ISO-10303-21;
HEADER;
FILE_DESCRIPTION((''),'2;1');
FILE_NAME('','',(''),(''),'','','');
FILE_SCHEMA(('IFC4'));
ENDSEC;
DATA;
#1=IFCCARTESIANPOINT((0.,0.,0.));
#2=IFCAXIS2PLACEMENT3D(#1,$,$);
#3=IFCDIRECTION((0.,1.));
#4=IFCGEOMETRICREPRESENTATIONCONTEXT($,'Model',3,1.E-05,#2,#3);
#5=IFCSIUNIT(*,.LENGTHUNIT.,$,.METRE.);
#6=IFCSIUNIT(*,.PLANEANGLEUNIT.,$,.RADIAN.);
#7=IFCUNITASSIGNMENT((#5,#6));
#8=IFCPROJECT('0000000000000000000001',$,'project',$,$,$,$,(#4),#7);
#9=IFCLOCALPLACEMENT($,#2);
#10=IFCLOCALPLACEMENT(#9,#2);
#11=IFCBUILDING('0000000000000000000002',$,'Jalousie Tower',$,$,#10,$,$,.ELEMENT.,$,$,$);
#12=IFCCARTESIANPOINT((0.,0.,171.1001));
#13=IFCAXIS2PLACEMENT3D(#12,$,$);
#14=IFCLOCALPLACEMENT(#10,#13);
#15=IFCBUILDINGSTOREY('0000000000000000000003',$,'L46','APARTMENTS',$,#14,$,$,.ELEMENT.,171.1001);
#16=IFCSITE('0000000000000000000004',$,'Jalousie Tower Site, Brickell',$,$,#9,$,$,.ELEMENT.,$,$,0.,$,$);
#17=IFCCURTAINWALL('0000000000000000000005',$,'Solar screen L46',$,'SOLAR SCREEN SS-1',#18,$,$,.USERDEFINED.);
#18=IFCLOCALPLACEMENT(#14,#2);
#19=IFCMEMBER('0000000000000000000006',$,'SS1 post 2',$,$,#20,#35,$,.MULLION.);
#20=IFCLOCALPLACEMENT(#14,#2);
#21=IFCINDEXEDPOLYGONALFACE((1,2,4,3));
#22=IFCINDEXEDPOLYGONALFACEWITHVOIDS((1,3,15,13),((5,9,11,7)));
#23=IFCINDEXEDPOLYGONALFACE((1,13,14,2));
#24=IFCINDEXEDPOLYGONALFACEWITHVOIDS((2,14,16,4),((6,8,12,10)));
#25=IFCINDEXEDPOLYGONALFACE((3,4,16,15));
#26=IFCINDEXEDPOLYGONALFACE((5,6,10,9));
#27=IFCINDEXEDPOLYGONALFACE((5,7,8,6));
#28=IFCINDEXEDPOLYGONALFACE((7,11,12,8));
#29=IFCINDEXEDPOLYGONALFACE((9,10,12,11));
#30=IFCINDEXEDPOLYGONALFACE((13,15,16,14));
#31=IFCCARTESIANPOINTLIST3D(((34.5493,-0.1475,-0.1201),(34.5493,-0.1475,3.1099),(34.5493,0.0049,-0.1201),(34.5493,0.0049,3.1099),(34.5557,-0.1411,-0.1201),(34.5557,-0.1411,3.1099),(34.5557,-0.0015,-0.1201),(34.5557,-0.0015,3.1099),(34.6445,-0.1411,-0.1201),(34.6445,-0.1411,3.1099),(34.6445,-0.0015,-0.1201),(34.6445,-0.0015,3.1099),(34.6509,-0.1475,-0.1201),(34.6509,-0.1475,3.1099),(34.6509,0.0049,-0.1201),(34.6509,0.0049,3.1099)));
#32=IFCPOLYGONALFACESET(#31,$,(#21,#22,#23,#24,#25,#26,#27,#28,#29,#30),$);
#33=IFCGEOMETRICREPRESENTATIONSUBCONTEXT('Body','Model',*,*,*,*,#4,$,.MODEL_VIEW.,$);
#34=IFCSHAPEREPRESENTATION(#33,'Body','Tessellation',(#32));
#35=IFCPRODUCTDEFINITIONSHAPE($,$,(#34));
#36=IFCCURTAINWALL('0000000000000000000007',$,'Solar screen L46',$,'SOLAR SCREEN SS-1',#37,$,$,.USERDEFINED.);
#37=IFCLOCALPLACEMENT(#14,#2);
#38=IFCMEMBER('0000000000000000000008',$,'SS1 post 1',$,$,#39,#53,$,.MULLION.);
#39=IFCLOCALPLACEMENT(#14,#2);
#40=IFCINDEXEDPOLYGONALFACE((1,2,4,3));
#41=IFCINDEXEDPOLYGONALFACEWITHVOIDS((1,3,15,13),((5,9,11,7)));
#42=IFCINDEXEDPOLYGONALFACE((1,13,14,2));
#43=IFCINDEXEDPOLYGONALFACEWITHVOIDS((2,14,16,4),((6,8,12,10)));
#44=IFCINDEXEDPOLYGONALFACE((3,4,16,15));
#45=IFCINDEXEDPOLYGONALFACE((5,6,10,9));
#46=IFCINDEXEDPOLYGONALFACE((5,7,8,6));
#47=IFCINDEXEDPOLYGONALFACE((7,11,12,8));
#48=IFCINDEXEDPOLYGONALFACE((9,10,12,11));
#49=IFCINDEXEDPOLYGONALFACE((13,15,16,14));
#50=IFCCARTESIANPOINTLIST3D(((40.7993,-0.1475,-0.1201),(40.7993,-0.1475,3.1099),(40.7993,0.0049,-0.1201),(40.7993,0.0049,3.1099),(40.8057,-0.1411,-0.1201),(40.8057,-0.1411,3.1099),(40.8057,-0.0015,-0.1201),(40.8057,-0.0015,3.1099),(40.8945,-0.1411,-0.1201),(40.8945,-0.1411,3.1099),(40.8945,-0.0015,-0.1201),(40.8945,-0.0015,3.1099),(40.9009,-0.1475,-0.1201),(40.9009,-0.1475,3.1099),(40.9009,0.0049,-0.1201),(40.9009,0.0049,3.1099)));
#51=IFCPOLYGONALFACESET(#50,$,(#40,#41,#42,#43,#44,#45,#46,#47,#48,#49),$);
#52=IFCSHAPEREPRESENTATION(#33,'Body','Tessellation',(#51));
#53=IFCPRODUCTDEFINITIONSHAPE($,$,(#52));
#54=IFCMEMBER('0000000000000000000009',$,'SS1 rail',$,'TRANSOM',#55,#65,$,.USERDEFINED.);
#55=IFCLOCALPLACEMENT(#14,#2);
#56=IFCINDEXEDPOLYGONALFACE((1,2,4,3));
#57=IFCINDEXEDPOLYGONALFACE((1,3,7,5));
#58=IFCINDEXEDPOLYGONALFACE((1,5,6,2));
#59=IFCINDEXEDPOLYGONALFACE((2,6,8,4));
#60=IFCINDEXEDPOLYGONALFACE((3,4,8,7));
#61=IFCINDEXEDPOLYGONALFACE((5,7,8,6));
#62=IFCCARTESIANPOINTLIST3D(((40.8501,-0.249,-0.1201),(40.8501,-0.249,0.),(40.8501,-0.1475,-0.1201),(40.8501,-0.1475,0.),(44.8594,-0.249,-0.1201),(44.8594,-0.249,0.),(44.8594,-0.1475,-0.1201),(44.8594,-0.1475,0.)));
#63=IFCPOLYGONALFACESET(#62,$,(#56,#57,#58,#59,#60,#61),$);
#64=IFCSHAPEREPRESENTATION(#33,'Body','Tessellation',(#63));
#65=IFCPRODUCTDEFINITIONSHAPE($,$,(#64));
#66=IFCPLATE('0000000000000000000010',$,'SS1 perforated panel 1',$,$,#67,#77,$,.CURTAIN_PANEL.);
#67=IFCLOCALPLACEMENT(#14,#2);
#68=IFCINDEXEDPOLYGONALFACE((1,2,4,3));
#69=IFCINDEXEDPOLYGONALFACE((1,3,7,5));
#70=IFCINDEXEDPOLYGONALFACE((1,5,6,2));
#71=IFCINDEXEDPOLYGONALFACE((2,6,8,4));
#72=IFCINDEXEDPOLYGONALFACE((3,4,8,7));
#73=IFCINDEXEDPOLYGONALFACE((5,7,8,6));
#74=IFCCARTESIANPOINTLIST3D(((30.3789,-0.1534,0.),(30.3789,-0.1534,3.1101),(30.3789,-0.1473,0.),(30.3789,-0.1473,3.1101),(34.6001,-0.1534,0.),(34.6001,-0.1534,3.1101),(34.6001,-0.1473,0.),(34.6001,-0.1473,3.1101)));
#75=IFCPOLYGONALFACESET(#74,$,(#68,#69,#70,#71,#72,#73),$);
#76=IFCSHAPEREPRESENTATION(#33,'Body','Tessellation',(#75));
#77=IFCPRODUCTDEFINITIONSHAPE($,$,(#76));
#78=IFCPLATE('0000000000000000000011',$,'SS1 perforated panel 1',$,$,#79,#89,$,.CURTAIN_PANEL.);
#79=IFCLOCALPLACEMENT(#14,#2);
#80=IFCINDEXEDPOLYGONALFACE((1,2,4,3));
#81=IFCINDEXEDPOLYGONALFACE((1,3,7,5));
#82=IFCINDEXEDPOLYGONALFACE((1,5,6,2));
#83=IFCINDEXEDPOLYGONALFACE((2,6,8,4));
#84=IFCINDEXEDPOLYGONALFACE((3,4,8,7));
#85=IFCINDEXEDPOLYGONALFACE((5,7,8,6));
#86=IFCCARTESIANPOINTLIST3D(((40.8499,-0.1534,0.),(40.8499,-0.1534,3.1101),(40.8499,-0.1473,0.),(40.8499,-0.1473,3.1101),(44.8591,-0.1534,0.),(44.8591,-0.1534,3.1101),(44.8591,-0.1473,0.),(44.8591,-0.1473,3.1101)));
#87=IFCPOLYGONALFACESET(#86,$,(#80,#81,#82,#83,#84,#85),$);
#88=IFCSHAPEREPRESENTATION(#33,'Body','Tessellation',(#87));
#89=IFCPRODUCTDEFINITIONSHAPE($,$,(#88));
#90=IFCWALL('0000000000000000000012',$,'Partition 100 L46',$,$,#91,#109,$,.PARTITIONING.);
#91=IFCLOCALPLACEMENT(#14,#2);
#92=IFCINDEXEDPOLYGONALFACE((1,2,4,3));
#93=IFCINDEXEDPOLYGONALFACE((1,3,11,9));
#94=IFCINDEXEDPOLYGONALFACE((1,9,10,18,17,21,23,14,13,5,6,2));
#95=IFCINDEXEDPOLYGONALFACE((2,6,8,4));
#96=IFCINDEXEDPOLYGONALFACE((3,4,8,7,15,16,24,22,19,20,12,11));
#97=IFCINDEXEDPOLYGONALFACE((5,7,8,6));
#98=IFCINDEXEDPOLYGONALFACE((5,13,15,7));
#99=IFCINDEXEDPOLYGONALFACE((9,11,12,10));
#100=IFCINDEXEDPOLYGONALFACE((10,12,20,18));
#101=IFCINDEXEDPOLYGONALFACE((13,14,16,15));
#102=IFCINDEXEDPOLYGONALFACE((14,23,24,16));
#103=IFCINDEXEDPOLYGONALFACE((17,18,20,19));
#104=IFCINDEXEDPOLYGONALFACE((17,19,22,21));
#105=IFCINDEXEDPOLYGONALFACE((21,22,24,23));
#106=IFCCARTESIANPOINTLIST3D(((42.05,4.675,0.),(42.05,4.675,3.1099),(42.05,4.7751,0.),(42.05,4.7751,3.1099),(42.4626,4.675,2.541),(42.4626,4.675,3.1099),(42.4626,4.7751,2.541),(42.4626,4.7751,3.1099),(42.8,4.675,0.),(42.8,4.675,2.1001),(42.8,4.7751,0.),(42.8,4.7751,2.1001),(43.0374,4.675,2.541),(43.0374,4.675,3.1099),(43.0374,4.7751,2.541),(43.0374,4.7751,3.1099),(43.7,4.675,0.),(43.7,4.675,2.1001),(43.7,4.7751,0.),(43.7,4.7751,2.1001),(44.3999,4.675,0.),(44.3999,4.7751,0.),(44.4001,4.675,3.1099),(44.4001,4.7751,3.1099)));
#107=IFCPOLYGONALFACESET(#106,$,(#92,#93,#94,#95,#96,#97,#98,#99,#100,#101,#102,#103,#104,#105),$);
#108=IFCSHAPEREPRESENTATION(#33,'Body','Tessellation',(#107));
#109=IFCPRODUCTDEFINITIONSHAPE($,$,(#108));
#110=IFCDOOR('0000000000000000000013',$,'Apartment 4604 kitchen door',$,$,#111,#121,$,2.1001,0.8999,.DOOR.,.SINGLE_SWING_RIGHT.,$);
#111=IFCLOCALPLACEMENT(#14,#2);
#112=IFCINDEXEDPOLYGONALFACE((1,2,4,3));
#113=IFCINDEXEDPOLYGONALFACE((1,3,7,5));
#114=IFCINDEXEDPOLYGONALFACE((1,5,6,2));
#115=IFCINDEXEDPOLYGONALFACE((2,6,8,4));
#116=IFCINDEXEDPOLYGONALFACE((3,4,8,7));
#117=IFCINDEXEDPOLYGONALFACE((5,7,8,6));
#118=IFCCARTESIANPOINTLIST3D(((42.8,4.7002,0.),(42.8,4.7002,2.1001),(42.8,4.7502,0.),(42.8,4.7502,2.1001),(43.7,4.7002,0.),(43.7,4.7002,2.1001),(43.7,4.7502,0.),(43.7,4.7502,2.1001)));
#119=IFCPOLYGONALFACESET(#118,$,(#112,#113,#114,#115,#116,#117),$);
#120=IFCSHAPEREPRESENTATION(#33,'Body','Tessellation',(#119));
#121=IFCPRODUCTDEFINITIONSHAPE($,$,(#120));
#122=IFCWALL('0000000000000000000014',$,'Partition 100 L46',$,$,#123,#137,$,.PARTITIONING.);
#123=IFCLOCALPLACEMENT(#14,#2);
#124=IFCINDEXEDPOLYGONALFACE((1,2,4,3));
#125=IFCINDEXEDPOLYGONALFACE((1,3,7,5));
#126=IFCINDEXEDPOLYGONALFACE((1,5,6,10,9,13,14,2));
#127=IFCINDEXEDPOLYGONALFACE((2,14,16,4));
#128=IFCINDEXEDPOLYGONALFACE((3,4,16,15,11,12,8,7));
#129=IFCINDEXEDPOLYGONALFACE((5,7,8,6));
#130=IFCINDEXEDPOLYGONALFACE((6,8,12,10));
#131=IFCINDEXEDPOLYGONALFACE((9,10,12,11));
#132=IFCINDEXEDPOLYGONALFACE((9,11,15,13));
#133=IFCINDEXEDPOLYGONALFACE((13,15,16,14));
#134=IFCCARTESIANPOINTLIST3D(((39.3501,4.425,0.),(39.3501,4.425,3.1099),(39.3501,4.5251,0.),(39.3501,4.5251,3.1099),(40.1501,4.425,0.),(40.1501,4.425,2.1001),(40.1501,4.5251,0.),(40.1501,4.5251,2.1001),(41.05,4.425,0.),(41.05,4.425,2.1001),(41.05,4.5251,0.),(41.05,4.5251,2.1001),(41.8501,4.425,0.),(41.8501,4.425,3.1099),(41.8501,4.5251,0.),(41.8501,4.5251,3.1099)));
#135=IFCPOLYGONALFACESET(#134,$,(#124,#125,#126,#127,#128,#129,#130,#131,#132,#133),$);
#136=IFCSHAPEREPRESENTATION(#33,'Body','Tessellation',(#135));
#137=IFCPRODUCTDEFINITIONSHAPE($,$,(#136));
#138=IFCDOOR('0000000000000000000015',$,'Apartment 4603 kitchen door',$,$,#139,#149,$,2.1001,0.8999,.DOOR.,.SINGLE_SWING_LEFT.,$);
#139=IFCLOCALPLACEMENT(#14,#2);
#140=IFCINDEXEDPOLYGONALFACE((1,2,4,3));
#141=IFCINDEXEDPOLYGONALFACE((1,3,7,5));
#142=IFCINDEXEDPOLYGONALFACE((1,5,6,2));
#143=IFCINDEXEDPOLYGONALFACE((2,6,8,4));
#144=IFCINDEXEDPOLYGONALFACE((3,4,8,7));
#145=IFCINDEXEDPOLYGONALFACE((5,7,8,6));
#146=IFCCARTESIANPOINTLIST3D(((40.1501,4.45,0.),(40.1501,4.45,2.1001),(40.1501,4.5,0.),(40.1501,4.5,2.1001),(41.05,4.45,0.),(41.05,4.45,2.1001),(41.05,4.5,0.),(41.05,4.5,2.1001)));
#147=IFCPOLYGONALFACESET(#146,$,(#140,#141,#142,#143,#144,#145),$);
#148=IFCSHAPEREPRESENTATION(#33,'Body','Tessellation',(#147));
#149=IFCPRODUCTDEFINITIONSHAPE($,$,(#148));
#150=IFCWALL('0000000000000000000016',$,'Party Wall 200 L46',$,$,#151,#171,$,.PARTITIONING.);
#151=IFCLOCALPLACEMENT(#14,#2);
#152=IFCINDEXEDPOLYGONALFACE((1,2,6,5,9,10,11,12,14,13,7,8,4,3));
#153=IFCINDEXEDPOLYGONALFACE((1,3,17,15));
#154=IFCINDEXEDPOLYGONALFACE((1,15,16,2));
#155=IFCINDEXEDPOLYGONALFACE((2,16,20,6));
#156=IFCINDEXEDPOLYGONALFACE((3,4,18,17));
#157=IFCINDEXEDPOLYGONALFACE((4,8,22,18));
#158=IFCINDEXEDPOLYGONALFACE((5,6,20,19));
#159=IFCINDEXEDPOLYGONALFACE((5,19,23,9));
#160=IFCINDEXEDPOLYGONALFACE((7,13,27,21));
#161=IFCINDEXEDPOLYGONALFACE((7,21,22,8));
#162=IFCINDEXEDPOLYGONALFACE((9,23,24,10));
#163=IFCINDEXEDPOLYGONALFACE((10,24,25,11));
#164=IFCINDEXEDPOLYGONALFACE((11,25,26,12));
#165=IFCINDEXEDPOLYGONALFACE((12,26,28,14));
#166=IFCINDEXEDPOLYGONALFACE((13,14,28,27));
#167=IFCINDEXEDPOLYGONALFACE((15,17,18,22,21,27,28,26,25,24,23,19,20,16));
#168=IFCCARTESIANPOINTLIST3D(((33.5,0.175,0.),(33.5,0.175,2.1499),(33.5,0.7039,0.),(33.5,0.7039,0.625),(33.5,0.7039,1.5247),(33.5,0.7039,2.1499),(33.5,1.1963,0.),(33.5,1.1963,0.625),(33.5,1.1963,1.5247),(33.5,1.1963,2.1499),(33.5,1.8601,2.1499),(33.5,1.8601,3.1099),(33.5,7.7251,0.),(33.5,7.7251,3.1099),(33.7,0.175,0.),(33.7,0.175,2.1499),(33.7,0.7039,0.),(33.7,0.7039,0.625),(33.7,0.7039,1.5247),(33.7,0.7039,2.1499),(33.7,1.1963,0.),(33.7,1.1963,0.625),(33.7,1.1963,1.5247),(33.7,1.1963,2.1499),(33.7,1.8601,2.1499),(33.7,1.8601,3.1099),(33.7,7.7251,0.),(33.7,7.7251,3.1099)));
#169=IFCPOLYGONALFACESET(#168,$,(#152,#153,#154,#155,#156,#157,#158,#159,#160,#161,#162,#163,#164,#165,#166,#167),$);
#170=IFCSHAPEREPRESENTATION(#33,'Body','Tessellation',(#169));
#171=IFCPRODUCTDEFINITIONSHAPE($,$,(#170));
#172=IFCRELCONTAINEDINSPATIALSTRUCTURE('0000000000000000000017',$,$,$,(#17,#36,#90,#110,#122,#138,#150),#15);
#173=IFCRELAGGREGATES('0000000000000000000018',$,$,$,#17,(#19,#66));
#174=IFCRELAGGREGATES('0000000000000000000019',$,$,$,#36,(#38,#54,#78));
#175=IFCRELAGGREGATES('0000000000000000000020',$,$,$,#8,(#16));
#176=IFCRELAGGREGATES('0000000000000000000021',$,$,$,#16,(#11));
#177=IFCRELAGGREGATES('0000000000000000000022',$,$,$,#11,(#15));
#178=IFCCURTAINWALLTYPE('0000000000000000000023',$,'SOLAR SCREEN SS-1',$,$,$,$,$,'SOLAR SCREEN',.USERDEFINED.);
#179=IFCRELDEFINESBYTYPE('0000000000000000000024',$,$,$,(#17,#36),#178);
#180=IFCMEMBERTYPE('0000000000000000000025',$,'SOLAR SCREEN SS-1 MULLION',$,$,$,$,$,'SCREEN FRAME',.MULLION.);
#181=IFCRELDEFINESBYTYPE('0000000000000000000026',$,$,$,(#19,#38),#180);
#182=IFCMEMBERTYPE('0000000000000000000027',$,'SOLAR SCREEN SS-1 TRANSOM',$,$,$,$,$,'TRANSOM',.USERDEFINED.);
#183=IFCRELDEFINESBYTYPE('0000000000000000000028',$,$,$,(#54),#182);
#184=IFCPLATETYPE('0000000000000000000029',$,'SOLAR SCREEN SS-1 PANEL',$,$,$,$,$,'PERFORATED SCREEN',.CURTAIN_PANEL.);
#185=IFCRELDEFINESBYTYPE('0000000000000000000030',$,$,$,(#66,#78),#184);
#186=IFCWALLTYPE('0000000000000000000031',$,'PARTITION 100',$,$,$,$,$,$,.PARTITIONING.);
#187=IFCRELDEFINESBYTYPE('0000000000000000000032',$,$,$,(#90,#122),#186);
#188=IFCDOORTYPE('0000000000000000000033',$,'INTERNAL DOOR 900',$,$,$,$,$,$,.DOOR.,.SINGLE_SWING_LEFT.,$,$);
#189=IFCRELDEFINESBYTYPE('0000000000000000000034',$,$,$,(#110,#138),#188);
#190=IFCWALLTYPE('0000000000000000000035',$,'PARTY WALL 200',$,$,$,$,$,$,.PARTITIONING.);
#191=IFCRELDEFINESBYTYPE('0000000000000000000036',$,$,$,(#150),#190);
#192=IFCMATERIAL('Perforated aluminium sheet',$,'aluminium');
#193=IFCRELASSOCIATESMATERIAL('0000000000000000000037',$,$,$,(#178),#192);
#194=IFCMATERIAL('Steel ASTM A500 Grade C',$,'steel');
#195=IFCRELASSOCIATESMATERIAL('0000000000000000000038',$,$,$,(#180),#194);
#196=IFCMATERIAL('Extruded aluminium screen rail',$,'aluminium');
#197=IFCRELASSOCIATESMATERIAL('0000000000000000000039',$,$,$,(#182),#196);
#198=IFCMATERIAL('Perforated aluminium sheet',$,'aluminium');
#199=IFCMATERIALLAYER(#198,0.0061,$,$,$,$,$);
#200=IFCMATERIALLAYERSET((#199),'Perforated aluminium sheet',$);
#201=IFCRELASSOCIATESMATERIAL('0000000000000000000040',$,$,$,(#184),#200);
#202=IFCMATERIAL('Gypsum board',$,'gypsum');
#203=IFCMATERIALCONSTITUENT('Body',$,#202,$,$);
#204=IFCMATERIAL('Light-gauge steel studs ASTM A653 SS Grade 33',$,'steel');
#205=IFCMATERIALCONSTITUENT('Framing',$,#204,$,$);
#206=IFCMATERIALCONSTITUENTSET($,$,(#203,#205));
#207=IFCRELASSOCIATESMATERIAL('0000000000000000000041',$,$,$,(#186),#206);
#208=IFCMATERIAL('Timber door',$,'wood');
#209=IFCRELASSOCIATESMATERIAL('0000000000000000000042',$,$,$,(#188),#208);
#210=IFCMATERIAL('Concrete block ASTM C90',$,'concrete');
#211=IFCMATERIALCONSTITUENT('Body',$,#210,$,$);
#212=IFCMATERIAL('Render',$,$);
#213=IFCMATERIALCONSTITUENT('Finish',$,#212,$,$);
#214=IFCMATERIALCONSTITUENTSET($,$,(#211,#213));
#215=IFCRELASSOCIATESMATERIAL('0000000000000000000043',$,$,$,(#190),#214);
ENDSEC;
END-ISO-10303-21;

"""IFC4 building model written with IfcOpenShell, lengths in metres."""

from ifc_helpers import new_model, si_unit, direction, frame, frame_2d, origin, origin_2d, place, context, subcontext, project, spatial, polyline, rectangle, hollow_rectangle, outline, extrude, material, layer, layer_set, constituent, constituent_set, material_profile, profile_set, type_object, element, fill, aggregate, save


model = new_model("IFC4")

# Units and contexts
model_context = context("Model", 3, precision=1e-05, world=origin(), true_north=direction((0.0, 1.0)))
body_context = subcontext(model_context, "Body", "Model", "MODEL_VIEW")
ifc_project = project(units=[si_unit("LENGTHUNIT", "METRE"), si_unit("PLANEANGLEUNIT", "RADIAN")], contexts=[model_context])

# Site, building, storey
site_placement = place(None, origin())
site = spatial("IfcSite", under=ifc_project, at=site_placement, Name="Jalousie Tower Site, Brickell", CompositionType="ELEMENT", RefElevation=0.0)
building_placement = place(site_placement, origin())
building = spatial("IfcBuilding", under=site, at=building_placement, Name="Jalousie Tower", CompositionType="ELEMENT")
storey_placement = place(building_placement, frame((0.0, 0.0, 171.1001)))
storey = spatial("IfcBuildingStorey", under=building, at=storey_placement, Name="L46", Description="APARTMENTS", CompositionType="ELEMENT", Elevation=171.1001)

# Curtain wall, member
ifc_material_1 = material(Name="Perforated aluminium sheet", Category="aluminium")
curtain_wall_type = type_object("IfcCurtainWallType", Name="SOLAR SCREEN SS-1", ElementType="SOLAR SCREEN", PredefinedType="USERDEFINED", material=ifc_material_1)
curtain_wall_1_placement = place(storey_placement, origin())
curtain_wall_1 = element("IfcCurtainWall", 1, at=curtain_wall_1_placement, inside=storey, type_object=curtain_wall_type, Name="Solar screen L46", ObjectType="SOLAR SCREEN SS-1", PredefinedType="USERDEFINED")
ifc_material_2 = material(Name="Steel ASTM A500 Grade C", Category="steel")
ifc_material_profile_1 = material_profile(ifc_material_2, hollow_rectangle(XDim=0.1016, YDim=0.1523, WallThickness=0.0063, at=origin_2d()), Name="HSS6X4X1/4")
ifc_profile_set_1 = profile_set([ifc_material_profile_1], Name="Steel ASTM A500 Grade C")
member_type_1 = type_object("IfcMemberType", Name="SOLAR SCREEN SS-1 MULLION", ElementType="SCREEN FRAME", PredefinedType="MULLION", material=ifc_profile_set_1)
member_1_placement = place(storey_placement, frame((34.6001, -0.0713, -0.1201), z_axis=(0.0, 0.0, 1.0), x_axis=(1.0, 0.0, 0.0)))
member_1 = element("IfcMember", 2, at=member_1_placement, type_object=member_type_1, Name="SS1 post 2", PredefinedType="MULLION", context=body_context, shape_type="SweptSolid", body=[
    extrude(hollow_rectangle(XDim=0.1016, YDim=0.1523, WallThickness=0.0063, at=origin_2d()), origin(), (0.0, 0.0, 1.0), 3.23),
])

# Curtain wall, members
curtain_wall_2_placement = place(storey_placement, origin())
curtain_wall_2 = element("IfcCurtainWall", 3, at=curtain_wall_2_placement, inside=storey, type_object=curtain_wall_type, Name="Solar screen L46", ObjectType="SOLAR SCREEN SS-1", PredefinedType="USERDEFINED")
member_2_placement = place(storey_placement, frame((40.8501, -0.0713, -0.1201), z_axis=(0.0, 0.0, 1.0), x_axis=(1.0, 0.0, 0.0)))
member_2 = element("IfcMember", 4, at=member_2_placement, type_object=member_type_1, Name="SS1 post 1", PredefinedType="MULLION", context=body_context, shape_type="SweptSolid", body=[
    extrude(hollow_rectangle(XDim=0.1016, YDim=0.1523, WallThickness=0.0063, at=origin_2d()), origin(), (0.0, 0.0, 1.0), 3.23),
])
ifc_material_3 = material(Name="Extruded aluminium screen rail", Category="aluminium")
ifc_material_profile_2 = material_profile(ifc_material_3, rectangle(XDim=0.1016, YDim=0.1201, at=origin_2d()), Name="RAIL 102x120")
ifc_profile_set_2 = profile_set([ifc_material_profile_2], Name="Extruded aluminium screen rail")
member_type_2 = type_object("IfcMemberType", Name="SOLAR SCREEN SS-1 TRANSOM", ElementType="TRANSOM", PredefinedType="USERDEFINED", material=ifc_profile_set_2)
member_3_placement = place(storey_placement, frame((40.8501, -0.1982, -0.0601), z_axis=(1.0, 0.0, 0.0), x_axis=(0.0, 1.0, 0.0)))
member_3 = element("IfcMember", 5, at=member_3_placement, type_object=member_type_2, Name="SS1 rail", ObjectType="TRANSOM", PredefinedType="USERDEFINED", context=body_context, shape_type="SweptSolid", body=[
    extrude(rectangle(XDim=0.1016, YDim=0.1201, at=origin_2d()), origin(), (0.0, 0.0, 1.0), 4.0093),
])

# Plates
ifc_material_4 = material(Name="Perforated aluminium sheet", Category="aluminium")
ifc_layer_1 = layer(ifc_material_4, 0.0061)
ifc_layer_set_1 = layer_set([ifc_layer_1], Name="Perforated aluminium sheet")
plate_type = type_object("IfcPlateType", Name="SOLAR SCREEN SS-1 PANEL", ElementType="PERFORATED SCREEN", PredefinedType="CURTAIN_PANEL", material=ifc_layer_set_1)
plate_1_placement = place(storey_placement, frame((32.4895, -0.1504, 0.0), z_axis=(0.0, 0.0, 1.0), x_axis=(1.0, 0.0, 0.0)))
plate_1 = element("IfcPlate", 6, at=plate_1_placement, type_object=plate_type, Name="SS1 perforated panel 1", PredefinedType="CURTAIN_PANEL", context=body_context, shape_type="SweptSolid", body=[
    extrude(rectangle(XDim=4.2212, YDim=0.0061, at=origin_2d()), origin(), (0.0, 0.0, 1.0), 3.1101),
])
aggregate(curtain_wall_1, [member_1, plate_1])
plate_2_placement = place(storey_placement, frame((42.8545, -0.1504, 0.0), z_axis=(0.0, 0.0, 1.0), x_axis=(1.0, 0.0, 0.0)))
plate_2 = element("IfcPlate", 7, at=plate_2_placement, type_object=plate_type, Name="SS1 perforated panel 1", PredefinedType="CURTAIN_PANEL", context=body_context, shape_type="SweptSolid", body=[
    extrude(rectangle(XDim=4.0093, YDim=0.0061, at=origin_2d()), origin(), (0.0, 0.0, 1.0), 3.1101),
])
aggregate(curtain_wall_2, [member_2, member_3, plate_2])

# Walls, openings, doors
ifc_material_5 = material(Name="Gypsum board", Category="gypsum")
ifc_constituent_1 = constituent(ifc_material_5, Name="Body")
ifc_material_6 = material(Name="Light-gauge steel studs ASTM A653 SS Grade 33", Category="steel")
ifc_constituent_2 = constituent(ifc_material_6, Name="Framing")
ifc_constituent_set_1 = constituent_set(constituents=[ifc_constituent_1, ifc_constituent_2])
wall_type_1 = type_object("IfcWallType", Name="PARTITION 100", PredefinedType="PARTITIONING", material=ifc_constituent_set_1)
wall_1_placement = place(storey_placement, frame((42.05, 4.7251, 0.0), z_axis=(0.0, 0.0, 1.0), x_axis=(1.0, 0.0, 0.0)))
wall_1 = element("IfcWall", 8, at=wall_1_placement, inside=storey, type_object=wall_type_1, Name="Partition 100 L46", PredefinedType="PARTITIONING", context=body_context, shape_type="SweptSolid", body=[
    extrude(outline(polyline([(0.0, 0.0), (2.3499, 0.0), (2.3501, 3.1099), (0.9873, 3.1099), (0.9873, 2.541), (0.4126, 2.541), (0.4126, 3.1099), (0.0, 3.1099), (0.0, 0.0)])), frame((0.0, 0.05, 0.0), z_axis=(0.0, -1.0, 0.0), x_axis=(1.0, 0.0, 0.0)), (0.0, 0.0, 1.0), 0.1001),
])
opening_1_placement = place(wall_1_placement, frame((0.75, 0.0, 0.0)))
opening_1 = element("IfcOpeningElement", 9, at=opening_1_placement, cuts=wall_1, PredefinedType="OPENING", context=body_context, shape_type="SweptSolid", body=[
    extrude(rectangle(XDim=0.8999, YDim=2.1001, at=frame_2d((0.45, 1.05))), frame((0.0, 0.0601, 0.0), z_axis=(0.0, -1.0, 0.0), x_axis=(1.0, 0.0, 0.0)), (0.0, 0.0, 1.0), 0.1201),
])
ifc_material_7 = material(Name="Timber door", Category="wood")
door_type = type_object("IfcDoorType", Name="INTERNAL DOOR 900", OperationType="SINGLE_SWING_LEFT", PredefinedType="DOOR", material=ifc_material_7)
door_1_placement = place(opening_1_placement, frame((0.8999, 0.0, 0.0), z_axis=(0.0, 0.0, 1.0), x_axis=(-1.0, 0.0, 0.0)))
door_1 = element("IfcDoor", 10, at=door_1_placement, inside=storey, type_object=door_type, Name="Apartment 4604 kitchen door", OperationType="SINGLE_SWING_RIGHT", OverallHeight=2.1001, OverallWidth=0.8999, PredefinedType="DOOR", context=body_context, shape_type="SweptSolid", body=[
    extrude(rectangle(XDim=0.8999, YDim=2.1001, at=frame_2d((0.45, 1.05))), frame((0.0, 0.0249, 0.0), z_axis=(0.0, -1.0, 0.0), x_axis=(1.0, 0.0, 0.0)), (0.0, 0.0, 1.0), 0.05),
])
fill(opening_1, door_1)
wall_2_placement = place(storey_placement, frame((41.8501, 4.4751, 0.0), z_axis=(0.0, 0.0, 1.0), x_axis=(-1.0, 0.0, 0.0)))
wall_2 = element("IfcWall", 11, at=wall_2_placement, inside=storey, type_object=wall_type_1, Name="Partition 100 L46", PredefinedType="PARTITIONING", context=body_context, shape_type="SweptSolid", body=[
    extrude(rectangle(XDim=2.5, YDim=0.1001, at=frame_2d((1.25, 0.0))), origin(), (0.0, 0.0, 1.0), 3.1099),
])
opening_2_placement = place(wall_2_placement, frame((0.8, 0.0, 0.0)))
opening_2 = element("IfcOpeningElement", 12, at=opening_2_placement, cuts=wall_2, PredefinedType="OPENING", context=body_context, shape_type="SweptSolid", body=[
    extrude(rectangle(XDim=0.8999, YDim=2.1001, at=frame_2d((0.45, 1.05))), frame((0.0, 0.0601, 0.0), z_axis=(0.0, -1.0, 0.0), x_axis=(1.0, 0.0, 0.0)), (0.0, 0.0, 1.0), 0.1201),
])
door_2_placement = place(opening_2_placement, frame((0.8999, 0.0, 0.0), z_axis=(0.0, 0.0, 1.0), x_axis=(-1.0, 0.0, 0.0)))
door_2 = element("IfcDoor", 13, at=door_2_placement, inside=storey, type_object=door_type, Name="Apartment 4603 kitchen door", OperationType="SINGLE_SWING_LEFT", OverallHeight=2.1001, OverallWidth=0.8999, PredefinedType="DOOR", context=body_context, shape_type="SweptSolid", body=[
    extrude(rectangle(XDim=0.8999, YDim=2.1001, at=frame_2d((0.45, 1.05))), frame((0.0, 0.0249, 0.0), z_axis=(0.0, -1.0, 0.0), x_axis=(1.0, 0.0, 0.0)), (0.0, 0.0, 1.0), 0.05),
])
fill(opening_2, door_2)

# Wall
ifc_material_8 = material(Name="Concrete block ASTM C90", Category="concrete")
ifc_constituent_3 = constituent(ifc_material_8, Name="Body")
ifc_material_9 = material(Name="Render")
ifc_constituent_4 = constituent(ifc_material_9, Name="Finish")
ifc_constituent_set_2 = constituent_set(constituents=[ifc_constituent_3, ifc_constituent_4])
wall_type_2 = type_object("IfcWallType", Name="PARTY WALL 200", PredefinedType="PARTITIONING", material=ifc_constituent_set_2)
wall_3_placement = place(storey_placement, frame((33.6001, 0.175, 0.0), z_axis=(0.0, 0.0, 1.0), x_axis=(0.0, 1.0, 0.0)))
element("IfcWall", 14, at=wall_3_placement, inside=storey, type_object=wall_type_2, Name="Party Wall 200 L46", PredefinedType="PARTITIONING", context=body_context, shape_type="SweptSolid", body=[
    extrude(outline(polyline([(0.5288, 2.1499), (0.0, 2.1499), (0.0, 0.0), (0.5288, 0.0), (0.5288, 0.625), (1.0212, 0.625), (1.0212, 0.0), (7.55, 0.0), (7.55, 3.1099), (1.6851, 3.1099), (1.6851, 2.1499), (1.0212, 2.1499), (1.0212, 1.5247), (0.5288, 1.5247), (0.5288, 2.1499)])), frame((0.0, 0.1001, 0.0), z_axis=(0.0, -1.0, 0.0), x_axis=(1.0, 0.0, 0.0)), (0.0, 0.0, 1.0), 0.2),
])

save(model, "model.ifc")
